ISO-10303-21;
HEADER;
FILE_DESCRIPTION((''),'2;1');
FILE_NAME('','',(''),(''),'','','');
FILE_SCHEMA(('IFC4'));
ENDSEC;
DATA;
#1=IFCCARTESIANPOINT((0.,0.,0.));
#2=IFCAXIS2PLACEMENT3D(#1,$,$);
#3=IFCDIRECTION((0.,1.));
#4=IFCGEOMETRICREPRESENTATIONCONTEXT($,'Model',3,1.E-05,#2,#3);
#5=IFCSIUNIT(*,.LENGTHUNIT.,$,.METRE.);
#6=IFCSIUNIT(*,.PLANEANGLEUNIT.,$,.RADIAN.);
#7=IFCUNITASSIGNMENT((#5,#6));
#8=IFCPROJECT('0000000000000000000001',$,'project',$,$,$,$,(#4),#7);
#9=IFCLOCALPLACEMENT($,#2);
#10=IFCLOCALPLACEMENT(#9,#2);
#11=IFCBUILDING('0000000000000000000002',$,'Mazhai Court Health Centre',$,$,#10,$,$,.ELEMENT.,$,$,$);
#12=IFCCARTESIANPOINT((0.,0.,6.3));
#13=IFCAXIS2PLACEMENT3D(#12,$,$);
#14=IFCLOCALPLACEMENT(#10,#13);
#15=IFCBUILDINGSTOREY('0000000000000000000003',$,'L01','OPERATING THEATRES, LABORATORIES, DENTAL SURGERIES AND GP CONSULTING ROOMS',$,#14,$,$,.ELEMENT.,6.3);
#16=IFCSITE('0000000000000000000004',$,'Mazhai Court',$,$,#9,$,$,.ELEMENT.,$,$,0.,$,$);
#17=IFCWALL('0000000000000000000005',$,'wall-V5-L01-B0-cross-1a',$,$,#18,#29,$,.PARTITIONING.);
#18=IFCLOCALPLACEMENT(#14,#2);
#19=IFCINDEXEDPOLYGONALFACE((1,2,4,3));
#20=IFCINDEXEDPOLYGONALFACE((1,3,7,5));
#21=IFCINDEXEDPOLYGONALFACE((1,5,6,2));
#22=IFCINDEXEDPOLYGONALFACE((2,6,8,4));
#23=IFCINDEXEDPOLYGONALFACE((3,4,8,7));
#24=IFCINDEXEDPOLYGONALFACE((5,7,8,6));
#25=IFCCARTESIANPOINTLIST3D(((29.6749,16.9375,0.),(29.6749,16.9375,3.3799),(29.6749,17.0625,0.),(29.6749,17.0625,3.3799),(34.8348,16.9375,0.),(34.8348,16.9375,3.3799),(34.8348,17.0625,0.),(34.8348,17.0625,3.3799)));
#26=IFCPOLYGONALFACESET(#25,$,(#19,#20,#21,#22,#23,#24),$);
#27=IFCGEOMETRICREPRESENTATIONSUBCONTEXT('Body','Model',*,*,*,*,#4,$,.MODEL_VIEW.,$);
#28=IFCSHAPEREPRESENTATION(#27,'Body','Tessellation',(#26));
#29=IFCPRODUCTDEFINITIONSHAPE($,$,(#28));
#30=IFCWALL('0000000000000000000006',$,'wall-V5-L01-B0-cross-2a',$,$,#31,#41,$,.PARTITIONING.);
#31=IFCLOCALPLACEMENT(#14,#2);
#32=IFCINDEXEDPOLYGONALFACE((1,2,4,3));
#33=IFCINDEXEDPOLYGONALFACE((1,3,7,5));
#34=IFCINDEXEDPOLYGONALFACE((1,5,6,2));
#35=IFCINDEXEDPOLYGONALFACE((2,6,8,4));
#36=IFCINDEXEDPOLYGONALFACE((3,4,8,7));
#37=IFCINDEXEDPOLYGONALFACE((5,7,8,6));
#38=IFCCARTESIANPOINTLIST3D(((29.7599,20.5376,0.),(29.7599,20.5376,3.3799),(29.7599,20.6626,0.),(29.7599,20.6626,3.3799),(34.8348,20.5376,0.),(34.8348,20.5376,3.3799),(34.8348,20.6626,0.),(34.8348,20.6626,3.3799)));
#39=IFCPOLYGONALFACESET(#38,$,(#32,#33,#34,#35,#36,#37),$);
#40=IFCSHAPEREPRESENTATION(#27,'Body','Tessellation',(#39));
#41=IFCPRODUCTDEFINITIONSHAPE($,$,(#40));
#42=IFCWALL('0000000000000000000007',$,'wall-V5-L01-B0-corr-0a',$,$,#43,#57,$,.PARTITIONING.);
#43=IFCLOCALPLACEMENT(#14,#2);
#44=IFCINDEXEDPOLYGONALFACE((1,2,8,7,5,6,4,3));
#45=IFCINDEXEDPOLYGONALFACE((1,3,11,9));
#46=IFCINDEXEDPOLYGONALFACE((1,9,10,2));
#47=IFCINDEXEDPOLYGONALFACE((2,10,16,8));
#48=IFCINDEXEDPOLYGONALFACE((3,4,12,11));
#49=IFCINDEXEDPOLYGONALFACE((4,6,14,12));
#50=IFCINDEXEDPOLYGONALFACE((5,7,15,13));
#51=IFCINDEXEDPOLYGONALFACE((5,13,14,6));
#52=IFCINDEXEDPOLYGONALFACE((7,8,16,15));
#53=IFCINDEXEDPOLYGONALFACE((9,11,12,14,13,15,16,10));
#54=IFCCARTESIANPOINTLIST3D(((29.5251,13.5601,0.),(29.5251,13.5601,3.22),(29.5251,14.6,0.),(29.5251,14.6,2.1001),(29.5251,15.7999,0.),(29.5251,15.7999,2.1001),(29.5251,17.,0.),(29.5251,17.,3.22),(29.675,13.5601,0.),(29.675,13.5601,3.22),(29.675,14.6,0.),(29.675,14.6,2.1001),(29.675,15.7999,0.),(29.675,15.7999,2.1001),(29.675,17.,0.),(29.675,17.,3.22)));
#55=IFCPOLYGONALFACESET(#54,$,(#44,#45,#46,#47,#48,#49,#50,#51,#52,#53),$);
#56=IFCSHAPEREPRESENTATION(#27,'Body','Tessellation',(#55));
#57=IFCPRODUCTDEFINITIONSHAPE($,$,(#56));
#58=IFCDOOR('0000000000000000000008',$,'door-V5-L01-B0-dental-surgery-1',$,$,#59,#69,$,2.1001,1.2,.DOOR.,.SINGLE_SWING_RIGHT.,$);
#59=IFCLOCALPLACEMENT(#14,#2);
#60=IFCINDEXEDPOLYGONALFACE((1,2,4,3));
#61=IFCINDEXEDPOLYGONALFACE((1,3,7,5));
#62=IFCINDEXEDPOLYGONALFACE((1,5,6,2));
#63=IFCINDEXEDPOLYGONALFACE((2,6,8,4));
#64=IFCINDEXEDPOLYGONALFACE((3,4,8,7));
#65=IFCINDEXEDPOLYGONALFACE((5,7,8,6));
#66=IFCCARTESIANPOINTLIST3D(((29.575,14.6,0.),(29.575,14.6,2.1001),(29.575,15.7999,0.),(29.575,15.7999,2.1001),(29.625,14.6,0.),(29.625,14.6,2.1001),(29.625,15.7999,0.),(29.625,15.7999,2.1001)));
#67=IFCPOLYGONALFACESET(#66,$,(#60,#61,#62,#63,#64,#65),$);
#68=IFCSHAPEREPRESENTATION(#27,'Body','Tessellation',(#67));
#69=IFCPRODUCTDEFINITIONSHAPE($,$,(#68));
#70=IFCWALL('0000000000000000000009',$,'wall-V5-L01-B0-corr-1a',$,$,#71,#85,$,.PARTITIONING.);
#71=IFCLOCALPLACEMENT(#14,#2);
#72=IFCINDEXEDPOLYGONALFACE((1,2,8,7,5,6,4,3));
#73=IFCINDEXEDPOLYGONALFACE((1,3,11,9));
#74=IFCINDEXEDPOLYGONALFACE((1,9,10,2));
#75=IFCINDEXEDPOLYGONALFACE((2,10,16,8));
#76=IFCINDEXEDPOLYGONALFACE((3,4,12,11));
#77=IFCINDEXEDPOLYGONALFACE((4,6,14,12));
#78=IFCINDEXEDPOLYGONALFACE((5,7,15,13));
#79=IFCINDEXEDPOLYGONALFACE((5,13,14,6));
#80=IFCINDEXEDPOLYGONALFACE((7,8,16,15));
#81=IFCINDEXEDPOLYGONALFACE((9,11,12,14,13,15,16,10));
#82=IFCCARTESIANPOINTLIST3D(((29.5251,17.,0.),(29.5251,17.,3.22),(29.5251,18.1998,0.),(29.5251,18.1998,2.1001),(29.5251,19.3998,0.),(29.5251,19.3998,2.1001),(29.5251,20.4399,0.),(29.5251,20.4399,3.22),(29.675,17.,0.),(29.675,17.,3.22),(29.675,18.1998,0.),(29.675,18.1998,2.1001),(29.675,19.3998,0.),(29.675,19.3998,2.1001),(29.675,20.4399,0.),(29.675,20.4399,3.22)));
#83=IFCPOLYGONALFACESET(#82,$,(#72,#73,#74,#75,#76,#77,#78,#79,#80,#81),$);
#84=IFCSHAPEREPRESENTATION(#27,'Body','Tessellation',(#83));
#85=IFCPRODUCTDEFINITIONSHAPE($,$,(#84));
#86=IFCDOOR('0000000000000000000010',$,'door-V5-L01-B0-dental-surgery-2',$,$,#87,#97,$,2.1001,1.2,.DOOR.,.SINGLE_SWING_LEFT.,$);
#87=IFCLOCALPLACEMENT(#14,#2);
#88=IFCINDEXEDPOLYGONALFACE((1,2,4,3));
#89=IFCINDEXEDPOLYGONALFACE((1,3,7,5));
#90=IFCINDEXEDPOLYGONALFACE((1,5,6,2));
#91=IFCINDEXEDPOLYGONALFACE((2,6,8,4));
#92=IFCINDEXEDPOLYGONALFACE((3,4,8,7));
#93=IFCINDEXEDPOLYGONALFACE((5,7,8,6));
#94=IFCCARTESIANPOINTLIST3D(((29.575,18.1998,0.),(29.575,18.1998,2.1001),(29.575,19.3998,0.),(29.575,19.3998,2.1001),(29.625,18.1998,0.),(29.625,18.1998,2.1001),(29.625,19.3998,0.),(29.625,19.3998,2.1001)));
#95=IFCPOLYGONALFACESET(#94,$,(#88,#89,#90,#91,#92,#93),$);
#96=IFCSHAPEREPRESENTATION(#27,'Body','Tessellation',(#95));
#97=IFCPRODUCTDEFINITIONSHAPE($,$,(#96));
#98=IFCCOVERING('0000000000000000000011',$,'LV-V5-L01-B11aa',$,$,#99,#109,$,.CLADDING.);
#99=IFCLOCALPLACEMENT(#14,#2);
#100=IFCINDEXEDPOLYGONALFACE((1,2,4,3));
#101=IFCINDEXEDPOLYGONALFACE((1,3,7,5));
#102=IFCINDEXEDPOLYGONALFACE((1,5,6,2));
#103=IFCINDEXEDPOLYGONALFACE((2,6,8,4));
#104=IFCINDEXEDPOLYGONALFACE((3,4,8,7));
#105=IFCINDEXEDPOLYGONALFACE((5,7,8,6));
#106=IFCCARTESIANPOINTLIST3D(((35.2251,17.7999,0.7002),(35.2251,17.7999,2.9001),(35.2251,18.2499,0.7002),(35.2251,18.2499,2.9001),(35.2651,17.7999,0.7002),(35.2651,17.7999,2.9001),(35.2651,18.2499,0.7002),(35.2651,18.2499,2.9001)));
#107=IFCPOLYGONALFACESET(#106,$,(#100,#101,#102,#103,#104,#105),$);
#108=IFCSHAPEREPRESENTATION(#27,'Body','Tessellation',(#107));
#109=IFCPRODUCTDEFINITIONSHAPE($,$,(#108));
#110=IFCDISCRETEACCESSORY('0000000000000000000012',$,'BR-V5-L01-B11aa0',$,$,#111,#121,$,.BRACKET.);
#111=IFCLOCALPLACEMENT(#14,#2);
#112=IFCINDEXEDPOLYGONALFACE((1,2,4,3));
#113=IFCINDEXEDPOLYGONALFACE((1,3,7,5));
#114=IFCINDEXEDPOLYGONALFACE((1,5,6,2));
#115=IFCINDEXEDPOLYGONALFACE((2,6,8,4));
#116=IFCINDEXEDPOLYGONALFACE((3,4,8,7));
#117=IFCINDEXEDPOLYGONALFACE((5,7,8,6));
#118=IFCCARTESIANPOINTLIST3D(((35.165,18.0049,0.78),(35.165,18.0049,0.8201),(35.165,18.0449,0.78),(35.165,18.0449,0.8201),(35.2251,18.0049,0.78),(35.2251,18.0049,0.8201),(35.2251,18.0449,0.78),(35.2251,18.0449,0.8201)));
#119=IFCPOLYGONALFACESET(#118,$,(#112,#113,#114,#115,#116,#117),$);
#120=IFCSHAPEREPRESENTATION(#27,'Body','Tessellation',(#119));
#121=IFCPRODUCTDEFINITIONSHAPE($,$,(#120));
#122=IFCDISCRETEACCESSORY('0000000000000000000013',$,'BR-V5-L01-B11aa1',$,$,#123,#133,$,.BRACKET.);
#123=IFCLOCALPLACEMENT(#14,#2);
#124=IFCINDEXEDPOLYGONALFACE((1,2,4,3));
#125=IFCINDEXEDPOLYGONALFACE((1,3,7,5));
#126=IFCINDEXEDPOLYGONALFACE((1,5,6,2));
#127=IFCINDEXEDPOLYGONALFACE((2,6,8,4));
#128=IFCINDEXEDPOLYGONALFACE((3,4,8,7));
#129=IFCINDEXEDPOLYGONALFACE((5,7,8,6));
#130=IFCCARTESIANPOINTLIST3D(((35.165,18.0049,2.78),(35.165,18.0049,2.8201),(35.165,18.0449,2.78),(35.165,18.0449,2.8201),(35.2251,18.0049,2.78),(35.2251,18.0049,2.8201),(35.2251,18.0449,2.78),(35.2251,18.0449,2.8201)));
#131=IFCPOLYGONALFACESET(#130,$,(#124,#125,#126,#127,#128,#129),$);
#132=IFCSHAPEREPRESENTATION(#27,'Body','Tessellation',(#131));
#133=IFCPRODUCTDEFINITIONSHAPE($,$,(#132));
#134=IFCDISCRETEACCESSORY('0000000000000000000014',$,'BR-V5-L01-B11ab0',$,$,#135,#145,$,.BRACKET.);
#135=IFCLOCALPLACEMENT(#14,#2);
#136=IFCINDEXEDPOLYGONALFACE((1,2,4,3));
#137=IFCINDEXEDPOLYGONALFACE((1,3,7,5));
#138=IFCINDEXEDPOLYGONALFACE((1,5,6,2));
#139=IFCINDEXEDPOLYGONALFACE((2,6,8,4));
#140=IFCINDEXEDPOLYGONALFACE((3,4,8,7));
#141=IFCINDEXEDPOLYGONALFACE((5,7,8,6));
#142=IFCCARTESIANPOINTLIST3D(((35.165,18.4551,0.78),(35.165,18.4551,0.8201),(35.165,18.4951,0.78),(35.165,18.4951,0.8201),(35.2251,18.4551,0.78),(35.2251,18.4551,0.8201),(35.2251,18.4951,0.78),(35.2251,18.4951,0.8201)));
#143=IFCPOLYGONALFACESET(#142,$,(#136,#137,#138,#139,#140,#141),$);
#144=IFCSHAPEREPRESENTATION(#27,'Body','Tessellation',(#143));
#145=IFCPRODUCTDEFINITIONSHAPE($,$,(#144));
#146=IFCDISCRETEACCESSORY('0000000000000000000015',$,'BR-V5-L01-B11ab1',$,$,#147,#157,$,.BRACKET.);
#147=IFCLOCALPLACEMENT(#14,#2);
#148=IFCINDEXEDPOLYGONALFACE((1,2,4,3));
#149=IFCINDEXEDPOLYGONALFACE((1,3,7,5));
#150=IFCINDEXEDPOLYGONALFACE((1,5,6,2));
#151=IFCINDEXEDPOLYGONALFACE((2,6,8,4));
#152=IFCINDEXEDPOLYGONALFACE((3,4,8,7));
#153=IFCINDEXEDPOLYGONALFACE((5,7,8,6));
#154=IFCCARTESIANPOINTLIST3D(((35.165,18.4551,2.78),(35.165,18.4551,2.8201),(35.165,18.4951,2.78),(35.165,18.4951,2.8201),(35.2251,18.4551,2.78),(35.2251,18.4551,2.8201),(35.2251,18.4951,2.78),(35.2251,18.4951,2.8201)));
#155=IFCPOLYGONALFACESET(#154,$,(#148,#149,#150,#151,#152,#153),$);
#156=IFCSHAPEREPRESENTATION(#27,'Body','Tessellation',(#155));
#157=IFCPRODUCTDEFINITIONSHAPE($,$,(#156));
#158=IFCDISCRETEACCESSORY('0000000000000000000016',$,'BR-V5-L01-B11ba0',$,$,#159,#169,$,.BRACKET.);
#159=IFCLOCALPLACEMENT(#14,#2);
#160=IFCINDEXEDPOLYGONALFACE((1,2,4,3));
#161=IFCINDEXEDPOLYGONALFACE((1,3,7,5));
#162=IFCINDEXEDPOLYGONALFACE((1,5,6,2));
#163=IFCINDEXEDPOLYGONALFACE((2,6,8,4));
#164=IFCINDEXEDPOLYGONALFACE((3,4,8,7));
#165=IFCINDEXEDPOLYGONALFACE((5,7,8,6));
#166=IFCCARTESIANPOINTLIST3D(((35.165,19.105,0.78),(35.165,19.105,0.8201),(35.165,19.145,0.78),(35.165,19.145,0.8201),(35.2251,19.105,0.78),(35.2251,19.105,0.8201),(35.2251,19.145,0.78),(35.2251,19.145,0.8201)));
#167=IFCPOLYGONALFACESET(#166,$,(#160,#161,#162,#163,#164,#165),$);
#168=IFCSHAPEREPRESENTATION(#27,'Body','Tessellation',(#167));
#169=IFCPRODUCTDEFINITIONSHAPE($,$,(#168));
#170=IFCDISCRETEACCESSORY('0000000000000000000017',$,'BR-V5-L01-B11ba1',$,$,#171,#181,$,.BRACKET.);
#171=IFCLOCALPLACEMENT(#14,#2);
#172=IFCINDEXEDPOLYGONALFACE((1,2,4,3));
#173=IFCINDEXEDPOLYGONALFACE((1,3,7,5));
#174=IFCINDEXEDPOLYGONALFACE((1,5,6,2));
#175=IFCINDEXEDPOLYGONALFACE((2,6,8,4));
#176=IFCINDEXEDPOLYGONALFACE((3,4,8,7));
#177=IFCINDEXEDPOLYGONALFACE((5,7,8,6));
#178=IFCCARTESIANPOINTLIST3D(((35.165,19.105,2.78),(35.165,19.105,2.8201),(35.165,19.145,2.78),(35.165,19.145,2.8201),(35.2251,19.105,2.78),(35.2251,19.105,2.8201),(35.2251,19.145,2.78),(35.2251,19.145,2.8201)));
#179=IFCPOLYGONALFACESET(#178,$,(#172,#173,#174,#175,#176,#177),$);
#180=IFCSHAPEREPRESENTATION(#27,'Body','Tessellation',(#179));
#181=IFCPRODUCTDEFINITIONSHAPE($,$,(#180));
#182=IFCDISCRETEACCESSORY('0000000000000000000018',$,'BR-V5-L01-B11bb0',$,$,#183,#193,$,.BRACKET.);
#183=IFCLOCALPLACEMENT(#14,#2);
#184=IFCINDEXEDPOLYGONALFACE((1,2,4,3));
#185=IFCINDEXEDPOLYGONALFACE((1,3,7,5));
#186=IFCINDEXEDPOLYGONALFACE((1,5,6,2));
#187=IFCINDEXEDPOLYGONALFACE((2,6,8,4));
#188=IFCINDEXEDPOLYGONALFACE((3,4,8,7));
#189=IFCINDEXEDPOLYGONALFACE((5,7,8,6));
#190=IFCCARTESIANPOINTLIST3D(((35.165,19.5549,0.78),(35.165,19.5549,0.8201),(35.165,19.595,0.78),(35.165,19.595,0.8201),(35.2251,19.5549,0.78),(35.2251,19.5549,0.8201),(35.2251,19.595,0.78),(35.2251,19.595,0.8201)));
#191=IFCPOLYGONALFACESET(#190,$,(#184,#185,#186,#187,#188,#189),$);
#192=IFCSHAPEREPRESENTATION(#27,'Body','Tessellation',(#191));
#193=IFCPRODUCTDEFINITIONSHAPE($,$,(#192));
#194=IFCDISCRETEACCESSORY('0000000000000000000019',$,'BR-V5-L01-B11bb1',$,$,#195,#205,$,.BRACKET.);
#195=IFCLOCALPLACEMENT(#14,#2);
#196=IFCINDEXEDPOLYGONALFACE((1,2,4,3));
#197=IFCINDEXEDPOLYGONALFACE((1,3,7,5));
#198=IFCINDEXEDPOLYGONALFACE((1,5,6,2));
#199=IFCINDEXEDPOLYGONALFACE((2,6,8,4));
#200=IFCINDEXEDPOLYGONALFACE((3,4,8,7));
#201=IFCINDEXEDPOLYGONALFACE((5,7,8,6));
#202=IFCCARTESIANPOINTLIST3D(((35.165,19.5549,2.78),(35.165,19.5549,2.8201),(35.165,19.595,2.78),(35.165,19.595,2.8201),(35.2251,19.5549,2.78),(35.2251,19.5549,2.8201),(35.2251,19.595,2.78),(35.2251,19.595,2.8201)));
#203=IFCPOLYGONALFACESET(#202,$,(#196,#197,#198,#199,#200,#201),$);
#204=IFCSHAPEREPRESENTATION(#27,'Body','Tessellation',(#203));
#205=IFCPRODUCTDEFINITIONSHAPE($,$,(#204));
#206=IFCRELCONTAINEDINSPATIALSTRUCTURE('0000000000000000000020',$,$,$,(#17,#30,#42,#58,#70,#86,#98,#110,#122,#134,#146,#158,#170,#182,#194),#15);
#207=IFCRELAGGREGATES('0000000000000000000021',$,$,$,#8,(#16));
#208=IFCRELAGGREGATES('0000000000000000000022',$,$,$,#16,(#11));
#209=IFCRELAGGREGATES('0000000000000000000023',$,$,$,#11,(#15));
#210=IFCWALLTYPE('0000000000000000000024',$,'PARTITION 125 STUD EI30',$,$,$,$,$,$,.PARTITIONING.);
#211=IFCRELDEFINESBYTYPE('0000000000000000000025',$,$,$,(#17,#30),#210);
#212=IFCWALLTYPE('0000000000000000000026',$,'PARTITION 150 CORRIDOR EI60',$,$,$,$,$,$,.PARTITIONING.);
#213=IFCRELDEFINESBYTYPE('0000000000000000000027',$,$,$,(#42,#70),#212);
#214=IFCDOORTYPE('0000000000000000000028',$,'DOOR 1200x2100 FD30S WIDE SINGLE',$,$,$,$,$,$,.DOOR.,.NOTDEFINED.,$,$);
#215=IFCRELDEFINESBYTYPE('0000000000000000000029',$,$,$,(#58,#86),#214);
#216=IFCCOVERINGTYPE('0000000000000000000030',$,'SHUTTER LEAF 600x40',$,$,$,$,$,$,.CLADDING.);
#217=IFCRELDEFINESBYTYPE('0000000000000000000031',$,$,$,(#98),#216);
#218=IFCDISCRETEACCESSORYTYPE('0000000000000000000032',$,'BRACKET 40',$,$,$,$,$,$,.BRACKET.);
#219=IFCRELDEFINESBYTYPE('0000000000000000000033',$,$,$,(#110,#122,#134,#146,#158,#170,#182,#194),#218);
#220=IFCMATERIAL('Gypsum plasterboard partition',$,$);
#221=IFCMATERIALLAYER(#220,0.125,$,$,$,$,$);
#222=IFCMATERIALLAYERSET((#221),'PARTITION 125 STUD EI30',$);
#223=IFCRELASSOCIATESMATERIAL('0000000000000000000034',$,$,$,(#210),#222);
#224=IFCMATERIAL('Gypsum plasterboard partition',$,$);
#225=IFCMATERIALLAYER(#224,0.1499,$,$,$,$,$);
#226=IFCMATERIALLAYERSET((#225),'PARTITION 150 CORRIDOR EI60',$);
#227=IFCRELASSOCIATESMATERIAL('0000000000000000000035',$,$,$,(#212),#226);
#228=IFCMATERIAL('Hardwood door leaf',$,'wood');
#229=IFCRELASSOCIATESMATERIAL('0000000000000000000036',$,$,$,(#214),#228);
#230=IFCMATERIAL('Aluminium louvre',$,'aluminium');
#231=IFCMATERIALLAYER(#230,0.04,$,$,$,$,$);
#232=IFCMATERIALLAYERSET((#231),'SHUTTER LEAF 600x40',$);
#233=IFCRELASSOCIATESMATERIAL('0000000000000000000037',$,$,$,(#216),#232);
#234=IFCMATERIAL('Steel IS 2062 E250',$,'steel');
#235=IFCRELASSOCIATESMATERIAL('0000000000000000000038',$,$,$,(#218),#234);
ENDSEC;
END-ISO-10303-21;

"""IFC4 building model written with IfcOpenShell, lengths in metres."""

from ifc_helpers import new_model, si_unit, direction, frame, frame_2d, origin, origin_2d, place, context, subcontext, project, spatial, rectangle, extrude, material, layer, layer_set, type_object, element, fill, save


model = new_model("IFC4")

# Units and contexts
model_context = context("Model", 3, precision=1e-05, world=origin(), true_north=direction((0.0, 1.0)))
body_context = subcontext(model_context, "Body", "Model", "MODEL_VIEW")
ifc_project = project(units=[si_unit("LENGTHUNIT", "METRE"), si_unit("PLANEANGLEUNIT", "RADIAN")], contexts=[model_context])

# Site, building, storey
site_placement = place(None, origin())
site = spatial("IfcSite", under=ifc_project, at=site_placement, Name="Mazhai Court", CompositionType="ELEMENT", RefElevation=0.0)
building_placement = place(site_placement, origin())
building = spatial("IfcBuilding", under=site, at=building_placement, Name="Mazhai Court Health Centre", CompositionType="ELEMENT")
storey_placement = place(building_placement, frame((0.0, 0.0, 6.3)))
storey = spatial("IfcBuildingStorey", under=building, at=storey_placement, Name="L01", Description="OPERATING THEATRES, LABORATORIES, DENTAL SURGERIES AND GP CONSULTING ROOMS", CompositionType="ELEMENT", Elevation=6.3)

# Walls
ifc_material_1 = material(Name="Gypsum plasterboard partition")
ifc_layer_1 = layer(ifc_material_1, 0.125)
ifc_layer_set_1 = layer_set([ifc_layer_1], Name="PARTITION 125 STUD EI30")
wall_type_1 = type_object("IfcWallType", Name="PARTITION 125 STUD EI30", PredefinedType="PARTITIONING", material=ifc_layer_set_1)
wall_1_placement = place(storey_placement, frame((34.835, 17.0, 0.0), z_axis=(0.0, 0.0, 1.0), x_axis=(-1.0, 0.0, 0.0)))
element("IfcWall", 1, at=wall_1_placement, inside=storey, type_object=wall_type_1, Name="wall-V5-L01-B0-cross-1a", PredefinedType="PARTITIONING", context=body_context, shape_type="SweptSolid", body=[
    extrude(rectangle(XDim=5.1599, YDim=0.125, at=frame_2d((2.5801, 0.0))), origin(), (0.0, 0.0, 1.0), 3.3799),
])
wall_2_placement = place(storey_placement, frame((34.835, 20.6001, 0.0), z_axis=(0.0, 0.0, 1.0), x_axis=(-1.0, 0.0, 0.0)))
element("IfcWall", 2, at=wall_2_placement, inside=storey, type_object=wall_type_1, Name="wall-V5-L01-B0-cross-2a", PredefinedType="PARTITIONING", context=body_context, shape_type="SweptSolid", body=[
    extrude(rectangle(XDim=5.075, YDim=0.125, at=frame_2d((2.5376, 0.0))), origin(), (0.0, 0.0, 1.0), 3.3799),
])

# Walls, openings, doors
ifc_material_2 = material(Name="Gypsum plasterboard partition")
ifc_layer_2 = layer(ifc_material_2, 0.1499)
ifc_layer_set_2 = layer_set([ifc_layer_2], Name="PARTITION 150 CORRIDOR EI60")
wall_type_2 = type_object("IfcWallType", Name="PARTITION 150 CORRIDOR EI60", PredefinedType="PARTITIONING", material=ifc_layer_set_2)
wall_3_placement = place(storey_placement, frame((29.6001, 17.0, 0.0), z_axis=(0.0, 0.0, 1.0), x_axis=(0.0, -1.0, 0.0)))
wall_3 = element("IfcWall", 3, at=wall_3_placement, inside=storey, type_object=wall_type_2, Name="wall-V5-L01-B0-corr-0a", PredefinedType="PARTITIONING", context=body_context, shape_type="SweptSolid", body=[
    extrude(rectangle(XDim=3.4399, YDim=0.1499, at=frame_2d((1.72, 0.0))), origin(), (0.0, 0.0, 1.0), 3.22),
])
opening_1_placement = place(wall_3_placement, frame((1.2, 0.0, 0.0)))
opening_1 = element("IfcOpeningElement", 4, at=opening_1_placement, cuts=wall_3, PredefinedType="OPENING", context=body_context, shape_type="SweptSolid", body=[
    extrude(rectangle(XDim=1.2, YDim=2.1001, at=frame_2d((0.6001, 1.05))), frame((0.0, 0.085, 0.0), z_axis=(0.0, -1.0, 0.0), x_axis=(1.0, 0.0, 0.0)), (0.0, 0.0, 1.0), 0.1699),
])
ifc_material_3 = material(Name="Hardwood door leaf", Category="wood")
door_type = type_object("IfcDoorType", Name="DOOR 1200x2100 FD30S WIDE SINGLE", OperationType="NOTDEFINED", PredefinedType="DOOR", material=ifc_material_3)
door_1_placement = place(opening_1_placement, origin())
door_1 = element("IfcDoor", 5, at=door_1_placement, inside=storey, type_object=door_type, Name="door-V5-L01-B0-dental-surgery-1", OperationType="SINGLE_SWING_RIGHT", OverallHeight=2.1001, OverallWidth=1.2, PredefinedType="DOOR", context=body_context, shape_type="SweptSolid", body=[
    extrude(rectangle(XDim=1.2, YDim=2.1001, at=frame_2d((0.6001, 1.05))), frame((0.0, 0.0249, 0.0), z_axis=(0.0, -1.0, 0.0), x_axis=(1.0, 0.0, 0.0)), (0.0, 0.0, 1.0), 0.05),
])
fill(opening_1, door_1)
wall_4_placement = place(storey_placement, frame((29.6001, 20.4399, 0.0), z_axis=(0.0, 0.0, 1.0), x_axis=(0.0, -1.0, 0.0)))
wall_4 = element("IfcWall", 6, at=wall_4_placement, inside=storey, type_object=wall_type_2, Name="wall-V5-L01-B0-corr-1a", PredefinedType="PARTITIONING", context=body_context, shape_type="SweptSolid", body=[
    extrude(rectangle(XDim=3.4399, YDim=0.1499, at=frame_2d((1.72, 0.0))), origin(), (0.0, 0.0, 1.0), 3.22),
])
opening_2_placement = place(wall_4_placement, frame((1.04, 0.0, 0.0)))
opening_2 = element("IfcOpeningElement", 7, at=opening_2_placement, cuts=wall_4, PredefinedType="OPENING", context=body_context, shape_type="SweptSolid", body=[
    extrude(rectangle(XDim=1.2, YDim=2.1001, at=frame_2d((0.6001, 1.05))), frame((0.0, 0.085, 0.0), z_axis=(0.0, -1.0, 0.0), x_axis=(1.0, 0.0, 0.0)), (0.0, 0.0, 1.0), 0.1699),
])
door_2_placement = place(opening_2_placement, origin())
door_2 = element("IfcDoor", 8, at=door_2_placement, inside=storey, type_object=door_type, Name="door-V5-L01-B0-dental-surgery-2", OperationType="SINGLE_SWING_LEFT", OverallHeight=2.1001, OverallWidth=1.2, PredefinedType="DOOR", context=body_context, shape_type="SweptSolid", body=[
    extrude(rectangle(XDim=1.2, YDim=2.1001, at=frame_2d((0.6001, 1.05))), frame((0.0, 0.0249, 0.0), z_axis=(0.0, -1.0, 0.0), x_axis=(1.0, 0.0, 0.0)), (0.0, 0.0, 1.0), 0.05),
])
fill(opening_2, door_2)

# Covering
ifc_material_4 = material(Name="Aluminium louvre", Category="aluminium")
ifc_layer_3 = layer(ifc_material_4, 0.04)
ifc_layer_set_3 = layer_set([ifc_layer_3], Name="SHUTTER LEAF 600x40")
covering_type = type_object("IfcCoveringType", Name="SHUTTER LEAF 600x40", PredefinedType="CLADDING", material=ifc_layer_set_3)
covering_placement = place(storey_placement, frame((35.2451, 18.0249, 0.7002), z_axis=(0.0, 0.0, 1.0), x_axis=(0.0, 1.0, 0.0)))
element("IfcCovering", 9, at=covering_placement, inside=storey, type_object=covering_type, Name="LV-V5-L01-B11aa", PredefinedType="CLADDING", context=body_context, shape_type="SweptSolid", body=[
    extrude(rectangle(XDim=0.45, YDim=0.04, at=origin_2d()), origin(), (0.0, 0.0, 1.0), 2.2),
])

# Discrete accessories
ifc_material_5 = material(Name="Steel IS 2062 E250", Category="steel")
discrete_accessory_type = type_object("IfcDiscreteAccessoryType", Name="BRACKET 40", PredefinedType="BRACKET", material=ifc_material_5)
for number, where, z_axis, x_axis, name in (
    (10, (35.1951, 18.0249, 0.78), (0.0, 0.0, 1.0), (0.0, 1.0, 0.0), "BR-V5-L01-B11aa0"),
    (11, (35.1951, 18.0249, 2.78), (0.0, 0.0, 1.0), (0.0, 1.0, 0.0), "BR-V5-L01-B11aa1"),
    (12, (35.1951, 18.4751, 0.78), (0.0, 0.0, 1.0), (0.0, 1.0, 0.0), "BR-V5-L01-B11ab0"),
    (13, (35.1951, 18.4751, 2.78), (0.0, 0.0, 1.0), (0.0, 1.0, 0.0), "BR-V5-L01-B11ab1"),
    (14, (35.1951, 19.125, 0.78), (0.0, 0.0, 1.0), (0.0, 1.0, 0.0), "BR-V5-L01-B11ba0"),
    (15, (35.1951, 19.125, 2.78), (0.0, 0.0, 1.0), (0.0, 1.0, 0.0), "BR-V5-L01-B11ba1"),
    (16, (35.1951, 19.575, 0.78), (0.0, 0.0, 1.0), (0.0, 1.0, 0.0), "BR-V5-L01-B11bb0"),
    (17, (35.1951, 19.575, 2.78), (0.0, 0.0, 1.0), (0.0, 1.0, 0.0), "BR-V5-L01-B11bb1"),
):
    element("IfcDiscreteAccessory", number, at=place(storey_placement, frame(where, z_axis=z_axis, x_axis=x_axis)), inside=storey, type_object=discrete_accessory_type, Name=name, PredefinedType="BRACKET", context=body_context, shape_type="SweptSolid", body=[
        extrude(rectangle(XDim=0.04, YDim=0.0601, at=origin_2d()), origin(), (0.0, 0.0, 1.0), 0.04),
    ])

save(model, "model.ifc")
